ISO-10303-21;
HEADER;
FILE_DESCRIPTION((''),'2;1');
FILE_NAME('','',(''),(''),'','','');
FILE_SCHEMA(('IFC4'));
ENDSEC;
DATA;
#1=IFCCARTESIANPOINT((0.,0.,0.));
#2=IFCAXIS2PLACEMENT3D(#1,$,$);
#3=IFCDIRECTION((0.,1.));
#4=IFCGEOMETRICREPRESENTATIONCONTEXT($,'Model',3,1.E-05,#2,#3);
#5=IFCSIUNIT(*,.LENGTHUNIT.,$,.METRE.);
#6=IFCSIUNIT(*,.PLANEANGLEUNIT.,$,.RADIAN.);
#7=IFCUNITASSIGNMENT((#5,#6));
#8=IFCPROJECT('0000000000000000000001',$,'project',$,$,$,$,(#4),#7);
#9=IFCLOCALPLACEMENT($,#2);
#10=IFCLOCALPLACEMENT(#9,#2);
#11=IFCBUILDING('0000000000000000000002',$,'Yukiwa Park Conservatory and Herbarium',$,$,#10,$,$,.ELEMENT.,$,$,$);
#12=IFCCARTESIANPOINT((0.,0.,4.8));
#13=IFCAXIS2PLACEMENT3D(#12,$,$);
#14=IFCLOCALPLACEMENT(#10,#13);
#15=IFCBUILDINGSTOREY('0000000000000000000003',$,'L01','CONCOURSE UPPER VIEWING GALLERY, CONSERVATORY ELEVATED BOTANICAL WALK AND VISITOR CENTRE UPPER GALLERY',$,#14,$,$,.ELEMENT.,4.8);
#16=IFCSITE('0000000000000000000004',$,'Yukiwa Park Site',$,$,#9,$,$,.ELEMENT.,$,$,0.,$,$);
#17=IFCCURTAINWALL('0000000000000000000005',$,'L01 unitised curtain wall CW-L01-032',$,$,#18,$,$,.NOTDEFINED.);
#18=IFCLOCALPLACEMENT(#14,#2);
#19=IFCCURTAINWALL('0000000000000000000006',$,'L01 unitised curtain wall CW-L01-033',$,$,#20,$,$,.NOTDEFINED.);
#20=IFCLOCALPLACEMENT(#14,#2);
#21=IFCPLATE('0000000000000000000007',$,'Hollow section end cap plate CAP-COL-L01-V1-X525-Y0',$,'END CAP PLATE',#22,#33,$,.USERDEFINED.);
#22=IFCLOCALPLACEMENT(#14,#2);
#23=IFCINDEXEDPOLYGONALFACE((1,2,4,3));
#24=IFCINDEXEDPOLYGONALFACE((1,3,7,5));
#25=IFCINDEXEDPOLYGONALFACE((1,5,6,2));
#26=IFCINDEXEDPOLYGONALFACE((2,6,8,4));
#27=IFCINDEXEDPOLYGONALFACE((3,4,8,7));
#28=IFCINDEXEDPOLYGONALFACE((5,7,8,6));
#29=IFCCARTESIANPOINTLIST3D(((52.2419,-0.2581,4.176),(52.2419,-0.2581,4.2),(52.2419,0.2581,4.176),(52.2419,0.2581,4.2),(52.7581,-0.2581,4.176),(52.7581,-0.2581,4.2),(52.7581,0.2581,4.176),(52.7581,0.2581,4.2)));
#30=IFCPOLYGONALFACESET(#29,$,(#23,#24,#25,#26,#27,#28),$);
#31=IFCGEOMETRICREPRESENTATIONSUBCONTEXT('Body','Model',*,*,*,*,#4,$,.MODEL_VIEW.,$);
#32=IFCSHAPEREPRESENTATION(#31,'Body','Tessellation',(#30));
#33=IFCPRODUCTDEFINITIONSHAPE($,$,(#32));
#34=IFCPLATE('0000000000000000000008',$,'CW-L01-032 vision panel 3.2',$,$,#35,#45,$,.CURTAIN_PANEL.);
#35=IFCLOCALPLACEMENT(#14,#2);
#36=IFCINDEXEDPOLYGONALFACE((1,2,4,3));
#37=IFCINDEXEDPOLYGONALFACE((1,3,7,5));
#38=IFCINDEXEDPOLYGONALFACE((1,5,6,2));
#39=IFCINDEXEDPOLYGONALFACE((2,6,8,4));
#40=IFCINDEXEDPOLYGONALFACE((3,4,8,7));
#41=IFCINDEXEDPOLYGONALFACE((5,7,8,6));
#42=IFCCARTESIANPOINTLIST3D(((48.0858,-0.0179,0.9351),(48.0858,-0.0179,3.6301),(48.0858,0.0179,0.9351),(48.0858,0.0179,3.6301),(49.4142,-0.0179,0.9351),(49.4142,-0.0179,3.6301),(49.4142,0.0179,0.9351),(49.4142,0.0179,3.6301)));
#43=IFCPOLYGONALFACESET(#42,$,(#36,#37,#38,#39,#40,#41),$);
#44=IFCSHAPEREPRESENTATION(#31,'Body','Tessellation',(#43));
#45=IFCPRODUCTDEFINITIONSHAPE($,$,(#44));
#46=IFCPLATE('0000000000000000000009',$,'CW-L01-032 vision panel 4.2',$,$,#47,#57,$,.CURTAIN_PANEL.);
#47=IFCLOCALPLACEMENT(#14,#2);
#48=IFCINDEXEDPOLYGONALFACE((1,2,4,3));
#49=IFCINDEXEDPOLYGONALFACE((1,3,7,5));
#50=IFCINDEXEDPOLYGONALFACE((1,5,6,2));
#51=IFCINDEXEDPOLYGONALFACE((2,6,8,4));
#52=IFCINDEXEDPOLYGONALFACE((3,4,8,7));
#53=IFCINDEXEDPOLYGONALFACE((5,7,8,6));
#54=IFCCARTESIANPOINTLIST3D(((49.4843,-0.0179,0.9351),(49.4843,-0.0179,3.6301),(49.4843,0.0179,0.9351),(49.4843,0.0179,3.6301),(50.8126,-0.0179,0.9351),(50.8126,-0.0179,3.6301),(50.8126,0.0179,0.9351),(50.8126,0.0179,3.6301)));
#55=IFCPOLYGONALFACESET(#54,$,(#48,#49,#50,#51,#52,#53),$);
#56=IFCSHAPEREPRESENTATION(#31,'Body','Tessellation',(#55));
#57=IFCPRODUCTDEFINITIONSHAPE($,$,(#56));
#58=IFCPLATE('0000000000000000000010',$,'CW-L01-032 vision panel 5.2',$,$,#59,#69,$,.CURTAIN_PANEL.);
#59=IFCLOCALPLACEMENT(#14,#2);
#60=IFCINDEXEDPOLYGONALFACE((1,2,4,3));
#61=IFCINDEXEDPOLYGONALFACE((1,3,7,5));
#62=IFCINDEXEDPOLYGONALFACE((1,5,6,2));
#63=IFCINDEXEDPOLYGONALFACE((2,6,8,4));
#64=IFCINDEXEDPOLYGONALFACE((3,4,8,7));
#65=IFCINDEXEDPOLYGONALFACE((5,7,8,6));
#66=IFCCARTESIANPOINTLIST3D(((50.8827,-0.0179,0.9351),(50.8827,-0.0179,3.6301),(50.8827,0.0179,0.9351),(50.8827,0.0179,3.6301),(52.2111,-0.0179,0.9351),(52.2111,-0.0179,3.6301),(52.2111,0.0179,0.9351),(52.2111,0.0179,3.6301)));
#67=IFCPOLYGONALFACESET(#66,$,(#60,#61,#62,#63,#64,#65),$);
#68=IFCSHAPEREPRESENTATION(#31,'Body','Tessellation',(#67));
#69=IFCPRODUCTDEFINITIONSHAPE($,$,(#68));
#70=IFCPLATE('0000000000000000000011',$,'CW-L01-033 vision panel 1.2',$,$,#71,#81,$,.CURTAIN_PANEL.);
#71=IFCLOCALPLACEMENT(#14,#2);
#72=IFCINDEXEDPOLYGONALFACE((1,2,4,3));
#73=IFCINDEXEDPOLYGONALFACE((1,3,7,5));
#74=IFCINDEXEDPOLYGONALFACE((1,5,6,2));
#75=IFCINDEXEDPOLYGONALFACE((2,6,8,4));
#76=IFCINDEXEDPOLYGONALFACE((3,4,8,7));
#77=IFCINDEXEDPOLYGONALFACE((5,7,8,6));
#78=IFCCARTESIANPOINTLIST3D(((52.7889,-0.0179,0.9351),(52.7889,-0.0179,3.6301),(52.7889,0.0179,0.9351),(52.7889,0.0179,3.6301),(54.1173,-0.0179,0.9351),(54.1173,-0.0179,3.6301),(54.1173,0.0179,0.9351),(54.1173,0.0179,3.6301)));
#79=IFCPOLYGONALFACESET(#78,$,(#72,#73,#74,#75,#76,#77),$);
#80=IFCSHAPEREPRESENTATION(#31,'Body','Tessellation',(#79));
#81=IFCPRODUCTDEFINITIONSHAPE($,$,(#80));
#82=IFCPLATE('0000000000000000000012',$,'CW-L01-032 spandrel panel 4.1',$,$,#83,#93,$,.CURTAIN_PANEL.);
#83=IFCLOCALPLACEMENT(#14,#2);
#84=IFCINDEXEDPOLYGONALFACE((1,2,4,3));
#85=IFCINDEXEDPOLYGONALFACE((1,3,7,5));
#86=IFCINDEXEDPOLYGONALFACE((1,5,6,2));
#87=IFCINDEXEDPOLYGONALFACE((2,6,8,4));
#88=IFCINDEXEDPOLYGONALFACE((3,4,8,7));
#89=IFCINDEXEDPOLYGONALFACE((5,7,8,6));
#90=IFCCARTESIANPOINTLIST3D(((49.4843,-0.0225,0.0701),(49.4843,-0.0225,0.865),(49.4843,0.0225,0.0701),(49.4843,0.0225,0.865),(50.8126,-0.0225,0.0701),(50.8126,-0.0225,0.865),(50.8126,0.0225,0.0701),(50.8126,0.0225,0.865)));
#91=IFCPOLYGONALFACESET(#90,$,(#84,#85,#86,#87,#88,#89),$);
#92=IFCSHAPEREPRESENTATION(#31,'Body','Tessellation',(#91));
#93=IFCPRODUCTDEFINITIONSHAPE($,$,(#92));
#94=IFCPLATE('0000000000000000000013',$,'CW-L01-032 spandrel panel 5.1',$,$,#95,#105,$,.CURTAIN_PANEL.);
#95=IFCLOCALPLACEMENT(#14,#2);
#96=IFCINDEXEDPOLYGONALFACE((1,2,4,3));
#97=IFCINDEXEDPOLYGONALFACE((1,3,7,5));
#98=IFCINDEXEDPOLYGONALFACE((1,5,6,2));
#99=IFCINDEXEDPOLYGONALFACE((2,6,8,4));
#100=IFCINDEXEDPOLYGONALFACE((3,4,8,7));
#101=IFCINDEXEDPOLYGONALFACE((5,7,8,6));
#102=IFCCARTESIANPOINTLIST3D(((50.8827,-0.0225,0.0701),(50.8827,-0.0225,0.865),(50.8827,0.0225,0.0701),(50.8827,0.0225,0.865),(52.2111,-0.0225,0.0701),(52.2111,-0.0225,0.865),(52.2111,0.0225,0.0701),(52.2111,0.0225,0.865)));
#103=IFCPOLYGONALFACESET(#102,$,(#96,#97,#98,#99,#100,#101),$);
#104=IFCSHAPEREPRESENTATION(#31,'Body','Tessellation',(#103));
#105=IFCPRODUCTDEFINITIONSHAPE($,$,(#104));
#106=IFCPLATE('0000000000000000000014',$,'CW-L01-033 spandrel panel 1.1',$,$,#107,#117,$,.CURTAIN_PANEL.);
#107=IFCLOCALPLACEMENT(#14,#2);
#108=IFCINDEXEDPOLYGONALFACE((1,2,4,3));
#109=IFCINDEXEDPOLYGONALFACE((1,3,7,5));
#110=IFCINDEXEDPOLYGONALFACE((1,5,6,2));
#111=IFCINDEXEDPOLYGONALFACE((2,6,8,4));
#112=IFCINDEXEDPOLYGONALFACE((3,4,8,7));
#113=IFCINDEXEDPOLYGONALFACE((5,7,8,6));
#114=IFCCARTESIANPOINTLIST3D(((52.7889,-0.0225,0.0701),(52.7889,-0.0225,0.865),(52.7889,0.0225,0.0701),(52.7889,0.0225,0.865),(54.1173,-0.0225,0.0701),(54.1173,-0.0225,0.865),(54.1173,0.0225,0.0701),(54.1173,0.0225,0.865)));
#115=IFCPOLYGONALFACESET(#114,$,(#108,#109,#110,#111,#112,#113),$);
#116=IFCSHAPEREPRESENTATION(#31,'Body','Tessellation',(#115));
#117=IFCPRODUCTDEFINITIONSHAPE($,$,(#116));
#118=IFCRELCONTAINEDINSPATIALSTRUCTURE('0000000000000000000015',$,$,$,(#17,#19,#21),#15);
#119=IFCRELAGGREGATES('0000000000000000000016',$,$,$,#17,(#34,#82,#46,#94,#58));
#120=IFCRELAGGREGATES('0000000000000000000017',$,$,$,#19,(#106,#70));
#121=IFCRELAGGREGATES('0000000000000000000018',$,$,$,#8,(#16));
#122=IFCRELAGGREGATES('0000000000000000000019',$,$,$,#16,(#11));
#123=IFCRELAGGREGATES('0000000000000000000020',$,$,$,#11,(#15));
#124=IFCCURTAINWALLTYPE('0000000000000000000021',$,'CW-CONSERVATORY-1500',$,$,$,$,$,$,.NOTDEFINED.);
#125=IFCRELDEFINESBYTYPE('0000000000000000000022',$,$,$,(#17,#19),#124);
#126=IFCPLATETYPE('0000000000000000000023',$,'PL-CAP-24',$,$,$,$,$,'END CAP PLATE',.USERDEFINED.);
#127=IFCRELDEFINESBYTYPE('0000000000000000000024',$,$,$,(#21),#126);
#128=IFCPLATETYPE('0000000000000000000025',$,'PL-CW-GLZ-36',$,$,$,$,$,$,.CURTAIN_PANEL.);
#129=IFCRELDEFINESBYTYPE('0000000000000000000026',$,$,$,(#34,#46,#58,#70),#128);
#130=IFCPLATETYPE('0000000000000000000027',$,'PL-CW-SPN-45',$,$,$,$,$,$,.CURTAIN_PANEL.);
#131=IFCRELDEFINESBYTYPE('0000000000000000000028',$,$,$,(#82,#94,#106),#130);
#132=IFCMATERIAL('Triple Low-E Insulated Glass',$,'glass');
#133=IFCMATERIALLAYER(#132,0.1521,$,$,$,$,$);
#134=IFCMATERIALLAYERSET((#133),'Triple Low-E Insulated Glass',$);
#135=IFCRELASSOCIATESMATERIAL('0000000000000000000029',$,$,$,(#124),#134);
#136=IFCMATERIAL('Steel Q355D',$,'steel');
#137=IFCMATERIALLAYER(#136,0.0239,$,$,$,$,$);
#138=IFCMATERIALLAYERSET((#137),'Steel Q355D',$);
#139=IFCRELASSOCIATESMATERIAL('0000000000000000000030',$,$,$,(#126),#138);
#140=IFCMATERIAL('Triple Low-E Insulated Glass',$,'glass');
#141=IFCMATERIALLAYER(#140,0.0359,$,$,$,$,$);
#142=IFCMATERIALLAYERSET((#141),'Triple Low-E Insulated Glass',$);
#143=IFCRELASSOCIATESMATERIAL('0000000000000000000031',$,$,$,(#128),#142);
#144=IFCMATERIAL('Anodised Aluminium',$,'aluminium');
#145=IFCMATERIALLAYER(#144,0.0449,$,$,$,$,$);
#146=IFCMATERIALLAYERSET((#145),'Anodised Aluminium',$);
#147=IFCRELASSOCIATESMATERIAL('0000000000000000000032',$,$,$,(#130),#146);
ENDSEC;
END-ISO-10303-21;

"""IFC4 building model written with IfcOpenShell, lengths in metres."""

from ifc_helpers import new_model, si_unit, direction, frame, origin, origin_2d, place, context, subcontext, project, spatial, rectangle, extrude, material, layer, layer_set, type_object, element, aggregate, save


model = new_model("IFC4")

# Units and contexts
model_context = context("Model", 3, precision=1e-05, world=origin(), true_north=direction((0.0, 1.0)))
body_context = subcontext(model_context, "Body", "Model", "MODEL_VIEW")
ifc_project = project(units=[si_unit("LENGTHUNIT", "METRE"), si_unit("PLANEANGLEUNIT", "RADIAN")], contexts=[model_context])

# Site, building, storey
site_placement = place(None, origin())
site = spatial("IfcSite", under=ifc_project, at=site_placement, Name="Yukiwa Park Site", CompositionType="ELEMENT", RefElevation=0.0)
building_placement = place(site_placement, origin())
building = spatial("IfcBuilding", under=site, at=building_placement, Name="Yukiwa Park Conservatory and Herbarium", CompositionType="ELEMENT")
storey_placement = place(building_placement, frame((0.0, 0.0, 4.8)))
storey = spatial("IfcBuildingStorey", under=building, at=storey_placement, Name="L01", Description="CONCOURSE UPPER VIEWING GALLERY, CONSERVATORY ELEVATED BOTANICAL WALK AND VISITOR CENTRE UPPER GALLERY", CompositionType="ELEMENT", Elevation=4.8)

# Curtain walls
ifc_material_1 = material(Name="Triple Low-E Insulated Glass", Category="glass")
ifc_layer_1 = layer(ifc_material_1, 0.1521)
ifc_layer_set_1 = layer_set([ifc_layer_1], Name="Triple Low-E Insulated Glass")
curtain_wall_type = type_object("IfcCurtainWallType", Name="CW-CONSERVATORY-1500", PredefinedType="NOTDEFINED", material=ifc_layer_set_1)
curtain_wall_1_placement = place(storey_placement, origin())
curtain_wall_1 = element("IfcCurtainWall", 1, at=curtain_wall_1_placement, inside=storey, type_object=curtain_wall_type, Name="L01 unitised curtain wall CW-L01-032", PredefinedType="NOTDEFINED")
curtain_wall_2_placement = place(storey_placement, origin())
curtain_wall_2 = element("IfcCurtainWall", 2, at=curtain_wall_2_placement, inside=storey, type_object=curtain_wall_type, Name="L01 unitised curtain wall CW-L01-033", PredefinedType="NOTDEFINED")

# Plates
ifc_material_2 = material(Name="Steel Q355D", Category="steel")
ifc_layer_2 = layer(ifc_material_2, 0.0239)
ifc_layer_set_2 = layer_set([ifc_layer_2], Name="Steel Q355D")
plate_type_1 = type_object("IfcPlateType", Name="PL-CAP-24", ElementType="END CAP PLATE", PredefinedType="USERDEFINED", material=ifc_layer_set_2)
plate_1_placement = place(storey_placement, frame((52.5, 0.0, 4.176), z_axis=(0.0, 0.0, 1.0), x_axis=(1.0, 0.0, 0.0)))
element("IfcPlate", 3, at=plate_1_placement, inside=storey, type_object=plate_type_1, Name="Hollow section end cap plate CAP-COL-L01-V1-X525-Y0", ObjectType="END CAP PLATE", PredefinedType="USERDEFINED", context=body_context, shape_type="SweptSolid", body=[
    extrude(rectangle(XDim=0.5161, YDim=0.5161, at=origin_2d()), origin(), (0.0, 0.0, 1.0), 0.0239),
])
ifc_material_3 = material(Name="Triple Low-E Insulated Glass", Category="glass")
ifc_layer_3 = layer(ifc_material_3, 0.0359)
ifc_layer_set_3 = layer_set([ifc_layer_3], Name="Triple Low-E Insulated Glass")
plate_type_2 = type_object("IfcPlateType", Name="PL-CW-GLZ-36", PredefinedType="CURTAIN_PANEL", material=ifc_layer_set_3)
plate_2_placement = place(storey_placement, frame((48.75, 0.0, 0.9351), z_axis=(0.0, 0.0, 1.0), x_axis=(1.0, 0.0, 0.0)))
plate_2 = element("IfcPlate", 4, at=plate_2_placement, type_object=plate_type_2, Name="CW-L01-032 vision panel 3.2", PredefinedType="CURTAIN_PANEL", context=body_context, shape_type="SweptSolid", body=[
    extrude(rectangle(XDim=1.3284, YDim=0.0359, at=origin_2d()), origin(), (0.0, 0.0, 1.0), 2.6951),
])
plate_3_placement = place(storey_placement, frame((50.1484, 0.0, 0.9351), z_axis=(0.0, 0.0, 1.0), x_axis=(1.0, 0.0, 0.0)))
plate_3 = element("IfcPlate", 5, at=plate_3_placement, type_object=plate_type_2, Name="CW-L01-032 vision panel 4.2", PredefinedType="CURTAIN_PANEL", context=body_context, shape_type="SweptSolid", body=[
    extrude(rectangle(XDim=1.3284, YDim=0.0359, at=origin_2d()), origin(), (0.0, 0.0, 1.0), 2.6951),
])
plate_4_placement = place(storey_placement, frame((51.5469, 0.0, 0.9351), z_axis=(0.0, 0.0, 1.0), x_axis=(1.0, 0.0, 0.0)))
plate_4 = element("IfcPlate", 6, at=plate_4_placement, type_object=plate_type_2, Name="CW-L01-032 vision panel 5.2", PredefinedType="CURTAIN_PANEL", context=body_context, shape_type="SweptSolid", body=[
    extrude(rectangle(XDim=1.3284, YDim=0.0359, at=origin_2d()), origin(), (0.0, 0.0, 1.0), 2.6951),
])
plate_5_placement = place(storey_placement, frame((53.4531, 0.0, 0.9351), z_axis=(0.0, 0.0, 1.0), x_axis=(1.0, 0.0, 0.0)))
plate_5 = element("IfcPlate", 7, at=plate_5_placement, type_object=plate_type_2, Name="CW-L01-033 vision panel 1.2", PredefinedType="CURTAIN_PANEL", context=body_context, shape_type="SweptSolid", body=[
    extrude(rectangle(XDim=1.3284, YDim=0.0359, at=origin_2d()), origin(), (0.0, 0.0, 1.0), 2.6951),
])
ifc_material_4 = material(Name="Anodised Aluminium", Category="aluminium")
ifc_layer_4 = layer(ifc_material_4, 0.0449)
ifc_layer_set_4 = layer_set([ifc_layer_4], Name="Anodised Aluminium")
plate_type_3 = type_object("IfcPlateType", Name="PL-CW-SPN-45", PredefinedType="CURTAIN_PANEL", material=ifc_layer_set_4)
plate_6_placement = place(storey_placement, frame((50.1484, 0.0, 0.0701), z_axis=(0.0, 0.0, 1.0), x_axis=(1.0, 0.0, 0.0)))
plate_6 = element("IfcPlate", 8, at=plate_6_placement, type_object=plate_type_3, Name="CW-L01-032 spandrel panel 4.1", PredefinedType="CURTAIN_PANEL", context=body_context, shape_type="SweptSolid", body=[
    extrude(rectangle(XDim=1.3284, YDim=0.0449, at=origin_2d()), origin(), (0.0, 0.0, 1.0), 0.7949),
])
plate_7_placement = place(storey_placement, frame((51.5469, 0.0, 0.0701), z_axis=(0.0, 0.0, 1.0), x_axis=(1.0, 0.0, 0.0)))
plate_7 = element("IfcPlate", 9, at=plate_7_placement, type_object=plate_type_3, Name="CW-L01-032 spandrel panel 5.1", PredefinedType="CURTAIN_PANEL", context=body_context, shape_type="SweptSolid", body=[
    extrude(rectangle(XDim=1.3284, YDim=0.0449, at=origin_2d()), origin(), (0.0, 0.0, 1.0), 0.7949),
])
aggregate(curtain_wall_1, [plate_2, plate_6, plate_3, plate_7, plate_4])
plate_8_placement = place(storey_placement, frame((53.4531, 0.0, 0.0701), z_axis=(0.0, 0.0, 1.0), x_axis=(1.0, 0.0, 0.0)))
plate_8 = element("IfcPlate", 10, at=plate_8_placement, type_object=plate_type_3, Name="CW-L01-033 spandrel panel 1.1", PredefinedType="CURTAIN_PANEL", context=body_context, shape_type="SweptSolid", body=[
    extrude(rectangle(XDim=1.3284, YDim=0.0449, at=origin_2d()), origin(), (0.0, 0.0, 1.0), 0.7949),
])
aggregate(curtain_wall_2, [plate_8, plate_5])

save(model, "model.ifc")
